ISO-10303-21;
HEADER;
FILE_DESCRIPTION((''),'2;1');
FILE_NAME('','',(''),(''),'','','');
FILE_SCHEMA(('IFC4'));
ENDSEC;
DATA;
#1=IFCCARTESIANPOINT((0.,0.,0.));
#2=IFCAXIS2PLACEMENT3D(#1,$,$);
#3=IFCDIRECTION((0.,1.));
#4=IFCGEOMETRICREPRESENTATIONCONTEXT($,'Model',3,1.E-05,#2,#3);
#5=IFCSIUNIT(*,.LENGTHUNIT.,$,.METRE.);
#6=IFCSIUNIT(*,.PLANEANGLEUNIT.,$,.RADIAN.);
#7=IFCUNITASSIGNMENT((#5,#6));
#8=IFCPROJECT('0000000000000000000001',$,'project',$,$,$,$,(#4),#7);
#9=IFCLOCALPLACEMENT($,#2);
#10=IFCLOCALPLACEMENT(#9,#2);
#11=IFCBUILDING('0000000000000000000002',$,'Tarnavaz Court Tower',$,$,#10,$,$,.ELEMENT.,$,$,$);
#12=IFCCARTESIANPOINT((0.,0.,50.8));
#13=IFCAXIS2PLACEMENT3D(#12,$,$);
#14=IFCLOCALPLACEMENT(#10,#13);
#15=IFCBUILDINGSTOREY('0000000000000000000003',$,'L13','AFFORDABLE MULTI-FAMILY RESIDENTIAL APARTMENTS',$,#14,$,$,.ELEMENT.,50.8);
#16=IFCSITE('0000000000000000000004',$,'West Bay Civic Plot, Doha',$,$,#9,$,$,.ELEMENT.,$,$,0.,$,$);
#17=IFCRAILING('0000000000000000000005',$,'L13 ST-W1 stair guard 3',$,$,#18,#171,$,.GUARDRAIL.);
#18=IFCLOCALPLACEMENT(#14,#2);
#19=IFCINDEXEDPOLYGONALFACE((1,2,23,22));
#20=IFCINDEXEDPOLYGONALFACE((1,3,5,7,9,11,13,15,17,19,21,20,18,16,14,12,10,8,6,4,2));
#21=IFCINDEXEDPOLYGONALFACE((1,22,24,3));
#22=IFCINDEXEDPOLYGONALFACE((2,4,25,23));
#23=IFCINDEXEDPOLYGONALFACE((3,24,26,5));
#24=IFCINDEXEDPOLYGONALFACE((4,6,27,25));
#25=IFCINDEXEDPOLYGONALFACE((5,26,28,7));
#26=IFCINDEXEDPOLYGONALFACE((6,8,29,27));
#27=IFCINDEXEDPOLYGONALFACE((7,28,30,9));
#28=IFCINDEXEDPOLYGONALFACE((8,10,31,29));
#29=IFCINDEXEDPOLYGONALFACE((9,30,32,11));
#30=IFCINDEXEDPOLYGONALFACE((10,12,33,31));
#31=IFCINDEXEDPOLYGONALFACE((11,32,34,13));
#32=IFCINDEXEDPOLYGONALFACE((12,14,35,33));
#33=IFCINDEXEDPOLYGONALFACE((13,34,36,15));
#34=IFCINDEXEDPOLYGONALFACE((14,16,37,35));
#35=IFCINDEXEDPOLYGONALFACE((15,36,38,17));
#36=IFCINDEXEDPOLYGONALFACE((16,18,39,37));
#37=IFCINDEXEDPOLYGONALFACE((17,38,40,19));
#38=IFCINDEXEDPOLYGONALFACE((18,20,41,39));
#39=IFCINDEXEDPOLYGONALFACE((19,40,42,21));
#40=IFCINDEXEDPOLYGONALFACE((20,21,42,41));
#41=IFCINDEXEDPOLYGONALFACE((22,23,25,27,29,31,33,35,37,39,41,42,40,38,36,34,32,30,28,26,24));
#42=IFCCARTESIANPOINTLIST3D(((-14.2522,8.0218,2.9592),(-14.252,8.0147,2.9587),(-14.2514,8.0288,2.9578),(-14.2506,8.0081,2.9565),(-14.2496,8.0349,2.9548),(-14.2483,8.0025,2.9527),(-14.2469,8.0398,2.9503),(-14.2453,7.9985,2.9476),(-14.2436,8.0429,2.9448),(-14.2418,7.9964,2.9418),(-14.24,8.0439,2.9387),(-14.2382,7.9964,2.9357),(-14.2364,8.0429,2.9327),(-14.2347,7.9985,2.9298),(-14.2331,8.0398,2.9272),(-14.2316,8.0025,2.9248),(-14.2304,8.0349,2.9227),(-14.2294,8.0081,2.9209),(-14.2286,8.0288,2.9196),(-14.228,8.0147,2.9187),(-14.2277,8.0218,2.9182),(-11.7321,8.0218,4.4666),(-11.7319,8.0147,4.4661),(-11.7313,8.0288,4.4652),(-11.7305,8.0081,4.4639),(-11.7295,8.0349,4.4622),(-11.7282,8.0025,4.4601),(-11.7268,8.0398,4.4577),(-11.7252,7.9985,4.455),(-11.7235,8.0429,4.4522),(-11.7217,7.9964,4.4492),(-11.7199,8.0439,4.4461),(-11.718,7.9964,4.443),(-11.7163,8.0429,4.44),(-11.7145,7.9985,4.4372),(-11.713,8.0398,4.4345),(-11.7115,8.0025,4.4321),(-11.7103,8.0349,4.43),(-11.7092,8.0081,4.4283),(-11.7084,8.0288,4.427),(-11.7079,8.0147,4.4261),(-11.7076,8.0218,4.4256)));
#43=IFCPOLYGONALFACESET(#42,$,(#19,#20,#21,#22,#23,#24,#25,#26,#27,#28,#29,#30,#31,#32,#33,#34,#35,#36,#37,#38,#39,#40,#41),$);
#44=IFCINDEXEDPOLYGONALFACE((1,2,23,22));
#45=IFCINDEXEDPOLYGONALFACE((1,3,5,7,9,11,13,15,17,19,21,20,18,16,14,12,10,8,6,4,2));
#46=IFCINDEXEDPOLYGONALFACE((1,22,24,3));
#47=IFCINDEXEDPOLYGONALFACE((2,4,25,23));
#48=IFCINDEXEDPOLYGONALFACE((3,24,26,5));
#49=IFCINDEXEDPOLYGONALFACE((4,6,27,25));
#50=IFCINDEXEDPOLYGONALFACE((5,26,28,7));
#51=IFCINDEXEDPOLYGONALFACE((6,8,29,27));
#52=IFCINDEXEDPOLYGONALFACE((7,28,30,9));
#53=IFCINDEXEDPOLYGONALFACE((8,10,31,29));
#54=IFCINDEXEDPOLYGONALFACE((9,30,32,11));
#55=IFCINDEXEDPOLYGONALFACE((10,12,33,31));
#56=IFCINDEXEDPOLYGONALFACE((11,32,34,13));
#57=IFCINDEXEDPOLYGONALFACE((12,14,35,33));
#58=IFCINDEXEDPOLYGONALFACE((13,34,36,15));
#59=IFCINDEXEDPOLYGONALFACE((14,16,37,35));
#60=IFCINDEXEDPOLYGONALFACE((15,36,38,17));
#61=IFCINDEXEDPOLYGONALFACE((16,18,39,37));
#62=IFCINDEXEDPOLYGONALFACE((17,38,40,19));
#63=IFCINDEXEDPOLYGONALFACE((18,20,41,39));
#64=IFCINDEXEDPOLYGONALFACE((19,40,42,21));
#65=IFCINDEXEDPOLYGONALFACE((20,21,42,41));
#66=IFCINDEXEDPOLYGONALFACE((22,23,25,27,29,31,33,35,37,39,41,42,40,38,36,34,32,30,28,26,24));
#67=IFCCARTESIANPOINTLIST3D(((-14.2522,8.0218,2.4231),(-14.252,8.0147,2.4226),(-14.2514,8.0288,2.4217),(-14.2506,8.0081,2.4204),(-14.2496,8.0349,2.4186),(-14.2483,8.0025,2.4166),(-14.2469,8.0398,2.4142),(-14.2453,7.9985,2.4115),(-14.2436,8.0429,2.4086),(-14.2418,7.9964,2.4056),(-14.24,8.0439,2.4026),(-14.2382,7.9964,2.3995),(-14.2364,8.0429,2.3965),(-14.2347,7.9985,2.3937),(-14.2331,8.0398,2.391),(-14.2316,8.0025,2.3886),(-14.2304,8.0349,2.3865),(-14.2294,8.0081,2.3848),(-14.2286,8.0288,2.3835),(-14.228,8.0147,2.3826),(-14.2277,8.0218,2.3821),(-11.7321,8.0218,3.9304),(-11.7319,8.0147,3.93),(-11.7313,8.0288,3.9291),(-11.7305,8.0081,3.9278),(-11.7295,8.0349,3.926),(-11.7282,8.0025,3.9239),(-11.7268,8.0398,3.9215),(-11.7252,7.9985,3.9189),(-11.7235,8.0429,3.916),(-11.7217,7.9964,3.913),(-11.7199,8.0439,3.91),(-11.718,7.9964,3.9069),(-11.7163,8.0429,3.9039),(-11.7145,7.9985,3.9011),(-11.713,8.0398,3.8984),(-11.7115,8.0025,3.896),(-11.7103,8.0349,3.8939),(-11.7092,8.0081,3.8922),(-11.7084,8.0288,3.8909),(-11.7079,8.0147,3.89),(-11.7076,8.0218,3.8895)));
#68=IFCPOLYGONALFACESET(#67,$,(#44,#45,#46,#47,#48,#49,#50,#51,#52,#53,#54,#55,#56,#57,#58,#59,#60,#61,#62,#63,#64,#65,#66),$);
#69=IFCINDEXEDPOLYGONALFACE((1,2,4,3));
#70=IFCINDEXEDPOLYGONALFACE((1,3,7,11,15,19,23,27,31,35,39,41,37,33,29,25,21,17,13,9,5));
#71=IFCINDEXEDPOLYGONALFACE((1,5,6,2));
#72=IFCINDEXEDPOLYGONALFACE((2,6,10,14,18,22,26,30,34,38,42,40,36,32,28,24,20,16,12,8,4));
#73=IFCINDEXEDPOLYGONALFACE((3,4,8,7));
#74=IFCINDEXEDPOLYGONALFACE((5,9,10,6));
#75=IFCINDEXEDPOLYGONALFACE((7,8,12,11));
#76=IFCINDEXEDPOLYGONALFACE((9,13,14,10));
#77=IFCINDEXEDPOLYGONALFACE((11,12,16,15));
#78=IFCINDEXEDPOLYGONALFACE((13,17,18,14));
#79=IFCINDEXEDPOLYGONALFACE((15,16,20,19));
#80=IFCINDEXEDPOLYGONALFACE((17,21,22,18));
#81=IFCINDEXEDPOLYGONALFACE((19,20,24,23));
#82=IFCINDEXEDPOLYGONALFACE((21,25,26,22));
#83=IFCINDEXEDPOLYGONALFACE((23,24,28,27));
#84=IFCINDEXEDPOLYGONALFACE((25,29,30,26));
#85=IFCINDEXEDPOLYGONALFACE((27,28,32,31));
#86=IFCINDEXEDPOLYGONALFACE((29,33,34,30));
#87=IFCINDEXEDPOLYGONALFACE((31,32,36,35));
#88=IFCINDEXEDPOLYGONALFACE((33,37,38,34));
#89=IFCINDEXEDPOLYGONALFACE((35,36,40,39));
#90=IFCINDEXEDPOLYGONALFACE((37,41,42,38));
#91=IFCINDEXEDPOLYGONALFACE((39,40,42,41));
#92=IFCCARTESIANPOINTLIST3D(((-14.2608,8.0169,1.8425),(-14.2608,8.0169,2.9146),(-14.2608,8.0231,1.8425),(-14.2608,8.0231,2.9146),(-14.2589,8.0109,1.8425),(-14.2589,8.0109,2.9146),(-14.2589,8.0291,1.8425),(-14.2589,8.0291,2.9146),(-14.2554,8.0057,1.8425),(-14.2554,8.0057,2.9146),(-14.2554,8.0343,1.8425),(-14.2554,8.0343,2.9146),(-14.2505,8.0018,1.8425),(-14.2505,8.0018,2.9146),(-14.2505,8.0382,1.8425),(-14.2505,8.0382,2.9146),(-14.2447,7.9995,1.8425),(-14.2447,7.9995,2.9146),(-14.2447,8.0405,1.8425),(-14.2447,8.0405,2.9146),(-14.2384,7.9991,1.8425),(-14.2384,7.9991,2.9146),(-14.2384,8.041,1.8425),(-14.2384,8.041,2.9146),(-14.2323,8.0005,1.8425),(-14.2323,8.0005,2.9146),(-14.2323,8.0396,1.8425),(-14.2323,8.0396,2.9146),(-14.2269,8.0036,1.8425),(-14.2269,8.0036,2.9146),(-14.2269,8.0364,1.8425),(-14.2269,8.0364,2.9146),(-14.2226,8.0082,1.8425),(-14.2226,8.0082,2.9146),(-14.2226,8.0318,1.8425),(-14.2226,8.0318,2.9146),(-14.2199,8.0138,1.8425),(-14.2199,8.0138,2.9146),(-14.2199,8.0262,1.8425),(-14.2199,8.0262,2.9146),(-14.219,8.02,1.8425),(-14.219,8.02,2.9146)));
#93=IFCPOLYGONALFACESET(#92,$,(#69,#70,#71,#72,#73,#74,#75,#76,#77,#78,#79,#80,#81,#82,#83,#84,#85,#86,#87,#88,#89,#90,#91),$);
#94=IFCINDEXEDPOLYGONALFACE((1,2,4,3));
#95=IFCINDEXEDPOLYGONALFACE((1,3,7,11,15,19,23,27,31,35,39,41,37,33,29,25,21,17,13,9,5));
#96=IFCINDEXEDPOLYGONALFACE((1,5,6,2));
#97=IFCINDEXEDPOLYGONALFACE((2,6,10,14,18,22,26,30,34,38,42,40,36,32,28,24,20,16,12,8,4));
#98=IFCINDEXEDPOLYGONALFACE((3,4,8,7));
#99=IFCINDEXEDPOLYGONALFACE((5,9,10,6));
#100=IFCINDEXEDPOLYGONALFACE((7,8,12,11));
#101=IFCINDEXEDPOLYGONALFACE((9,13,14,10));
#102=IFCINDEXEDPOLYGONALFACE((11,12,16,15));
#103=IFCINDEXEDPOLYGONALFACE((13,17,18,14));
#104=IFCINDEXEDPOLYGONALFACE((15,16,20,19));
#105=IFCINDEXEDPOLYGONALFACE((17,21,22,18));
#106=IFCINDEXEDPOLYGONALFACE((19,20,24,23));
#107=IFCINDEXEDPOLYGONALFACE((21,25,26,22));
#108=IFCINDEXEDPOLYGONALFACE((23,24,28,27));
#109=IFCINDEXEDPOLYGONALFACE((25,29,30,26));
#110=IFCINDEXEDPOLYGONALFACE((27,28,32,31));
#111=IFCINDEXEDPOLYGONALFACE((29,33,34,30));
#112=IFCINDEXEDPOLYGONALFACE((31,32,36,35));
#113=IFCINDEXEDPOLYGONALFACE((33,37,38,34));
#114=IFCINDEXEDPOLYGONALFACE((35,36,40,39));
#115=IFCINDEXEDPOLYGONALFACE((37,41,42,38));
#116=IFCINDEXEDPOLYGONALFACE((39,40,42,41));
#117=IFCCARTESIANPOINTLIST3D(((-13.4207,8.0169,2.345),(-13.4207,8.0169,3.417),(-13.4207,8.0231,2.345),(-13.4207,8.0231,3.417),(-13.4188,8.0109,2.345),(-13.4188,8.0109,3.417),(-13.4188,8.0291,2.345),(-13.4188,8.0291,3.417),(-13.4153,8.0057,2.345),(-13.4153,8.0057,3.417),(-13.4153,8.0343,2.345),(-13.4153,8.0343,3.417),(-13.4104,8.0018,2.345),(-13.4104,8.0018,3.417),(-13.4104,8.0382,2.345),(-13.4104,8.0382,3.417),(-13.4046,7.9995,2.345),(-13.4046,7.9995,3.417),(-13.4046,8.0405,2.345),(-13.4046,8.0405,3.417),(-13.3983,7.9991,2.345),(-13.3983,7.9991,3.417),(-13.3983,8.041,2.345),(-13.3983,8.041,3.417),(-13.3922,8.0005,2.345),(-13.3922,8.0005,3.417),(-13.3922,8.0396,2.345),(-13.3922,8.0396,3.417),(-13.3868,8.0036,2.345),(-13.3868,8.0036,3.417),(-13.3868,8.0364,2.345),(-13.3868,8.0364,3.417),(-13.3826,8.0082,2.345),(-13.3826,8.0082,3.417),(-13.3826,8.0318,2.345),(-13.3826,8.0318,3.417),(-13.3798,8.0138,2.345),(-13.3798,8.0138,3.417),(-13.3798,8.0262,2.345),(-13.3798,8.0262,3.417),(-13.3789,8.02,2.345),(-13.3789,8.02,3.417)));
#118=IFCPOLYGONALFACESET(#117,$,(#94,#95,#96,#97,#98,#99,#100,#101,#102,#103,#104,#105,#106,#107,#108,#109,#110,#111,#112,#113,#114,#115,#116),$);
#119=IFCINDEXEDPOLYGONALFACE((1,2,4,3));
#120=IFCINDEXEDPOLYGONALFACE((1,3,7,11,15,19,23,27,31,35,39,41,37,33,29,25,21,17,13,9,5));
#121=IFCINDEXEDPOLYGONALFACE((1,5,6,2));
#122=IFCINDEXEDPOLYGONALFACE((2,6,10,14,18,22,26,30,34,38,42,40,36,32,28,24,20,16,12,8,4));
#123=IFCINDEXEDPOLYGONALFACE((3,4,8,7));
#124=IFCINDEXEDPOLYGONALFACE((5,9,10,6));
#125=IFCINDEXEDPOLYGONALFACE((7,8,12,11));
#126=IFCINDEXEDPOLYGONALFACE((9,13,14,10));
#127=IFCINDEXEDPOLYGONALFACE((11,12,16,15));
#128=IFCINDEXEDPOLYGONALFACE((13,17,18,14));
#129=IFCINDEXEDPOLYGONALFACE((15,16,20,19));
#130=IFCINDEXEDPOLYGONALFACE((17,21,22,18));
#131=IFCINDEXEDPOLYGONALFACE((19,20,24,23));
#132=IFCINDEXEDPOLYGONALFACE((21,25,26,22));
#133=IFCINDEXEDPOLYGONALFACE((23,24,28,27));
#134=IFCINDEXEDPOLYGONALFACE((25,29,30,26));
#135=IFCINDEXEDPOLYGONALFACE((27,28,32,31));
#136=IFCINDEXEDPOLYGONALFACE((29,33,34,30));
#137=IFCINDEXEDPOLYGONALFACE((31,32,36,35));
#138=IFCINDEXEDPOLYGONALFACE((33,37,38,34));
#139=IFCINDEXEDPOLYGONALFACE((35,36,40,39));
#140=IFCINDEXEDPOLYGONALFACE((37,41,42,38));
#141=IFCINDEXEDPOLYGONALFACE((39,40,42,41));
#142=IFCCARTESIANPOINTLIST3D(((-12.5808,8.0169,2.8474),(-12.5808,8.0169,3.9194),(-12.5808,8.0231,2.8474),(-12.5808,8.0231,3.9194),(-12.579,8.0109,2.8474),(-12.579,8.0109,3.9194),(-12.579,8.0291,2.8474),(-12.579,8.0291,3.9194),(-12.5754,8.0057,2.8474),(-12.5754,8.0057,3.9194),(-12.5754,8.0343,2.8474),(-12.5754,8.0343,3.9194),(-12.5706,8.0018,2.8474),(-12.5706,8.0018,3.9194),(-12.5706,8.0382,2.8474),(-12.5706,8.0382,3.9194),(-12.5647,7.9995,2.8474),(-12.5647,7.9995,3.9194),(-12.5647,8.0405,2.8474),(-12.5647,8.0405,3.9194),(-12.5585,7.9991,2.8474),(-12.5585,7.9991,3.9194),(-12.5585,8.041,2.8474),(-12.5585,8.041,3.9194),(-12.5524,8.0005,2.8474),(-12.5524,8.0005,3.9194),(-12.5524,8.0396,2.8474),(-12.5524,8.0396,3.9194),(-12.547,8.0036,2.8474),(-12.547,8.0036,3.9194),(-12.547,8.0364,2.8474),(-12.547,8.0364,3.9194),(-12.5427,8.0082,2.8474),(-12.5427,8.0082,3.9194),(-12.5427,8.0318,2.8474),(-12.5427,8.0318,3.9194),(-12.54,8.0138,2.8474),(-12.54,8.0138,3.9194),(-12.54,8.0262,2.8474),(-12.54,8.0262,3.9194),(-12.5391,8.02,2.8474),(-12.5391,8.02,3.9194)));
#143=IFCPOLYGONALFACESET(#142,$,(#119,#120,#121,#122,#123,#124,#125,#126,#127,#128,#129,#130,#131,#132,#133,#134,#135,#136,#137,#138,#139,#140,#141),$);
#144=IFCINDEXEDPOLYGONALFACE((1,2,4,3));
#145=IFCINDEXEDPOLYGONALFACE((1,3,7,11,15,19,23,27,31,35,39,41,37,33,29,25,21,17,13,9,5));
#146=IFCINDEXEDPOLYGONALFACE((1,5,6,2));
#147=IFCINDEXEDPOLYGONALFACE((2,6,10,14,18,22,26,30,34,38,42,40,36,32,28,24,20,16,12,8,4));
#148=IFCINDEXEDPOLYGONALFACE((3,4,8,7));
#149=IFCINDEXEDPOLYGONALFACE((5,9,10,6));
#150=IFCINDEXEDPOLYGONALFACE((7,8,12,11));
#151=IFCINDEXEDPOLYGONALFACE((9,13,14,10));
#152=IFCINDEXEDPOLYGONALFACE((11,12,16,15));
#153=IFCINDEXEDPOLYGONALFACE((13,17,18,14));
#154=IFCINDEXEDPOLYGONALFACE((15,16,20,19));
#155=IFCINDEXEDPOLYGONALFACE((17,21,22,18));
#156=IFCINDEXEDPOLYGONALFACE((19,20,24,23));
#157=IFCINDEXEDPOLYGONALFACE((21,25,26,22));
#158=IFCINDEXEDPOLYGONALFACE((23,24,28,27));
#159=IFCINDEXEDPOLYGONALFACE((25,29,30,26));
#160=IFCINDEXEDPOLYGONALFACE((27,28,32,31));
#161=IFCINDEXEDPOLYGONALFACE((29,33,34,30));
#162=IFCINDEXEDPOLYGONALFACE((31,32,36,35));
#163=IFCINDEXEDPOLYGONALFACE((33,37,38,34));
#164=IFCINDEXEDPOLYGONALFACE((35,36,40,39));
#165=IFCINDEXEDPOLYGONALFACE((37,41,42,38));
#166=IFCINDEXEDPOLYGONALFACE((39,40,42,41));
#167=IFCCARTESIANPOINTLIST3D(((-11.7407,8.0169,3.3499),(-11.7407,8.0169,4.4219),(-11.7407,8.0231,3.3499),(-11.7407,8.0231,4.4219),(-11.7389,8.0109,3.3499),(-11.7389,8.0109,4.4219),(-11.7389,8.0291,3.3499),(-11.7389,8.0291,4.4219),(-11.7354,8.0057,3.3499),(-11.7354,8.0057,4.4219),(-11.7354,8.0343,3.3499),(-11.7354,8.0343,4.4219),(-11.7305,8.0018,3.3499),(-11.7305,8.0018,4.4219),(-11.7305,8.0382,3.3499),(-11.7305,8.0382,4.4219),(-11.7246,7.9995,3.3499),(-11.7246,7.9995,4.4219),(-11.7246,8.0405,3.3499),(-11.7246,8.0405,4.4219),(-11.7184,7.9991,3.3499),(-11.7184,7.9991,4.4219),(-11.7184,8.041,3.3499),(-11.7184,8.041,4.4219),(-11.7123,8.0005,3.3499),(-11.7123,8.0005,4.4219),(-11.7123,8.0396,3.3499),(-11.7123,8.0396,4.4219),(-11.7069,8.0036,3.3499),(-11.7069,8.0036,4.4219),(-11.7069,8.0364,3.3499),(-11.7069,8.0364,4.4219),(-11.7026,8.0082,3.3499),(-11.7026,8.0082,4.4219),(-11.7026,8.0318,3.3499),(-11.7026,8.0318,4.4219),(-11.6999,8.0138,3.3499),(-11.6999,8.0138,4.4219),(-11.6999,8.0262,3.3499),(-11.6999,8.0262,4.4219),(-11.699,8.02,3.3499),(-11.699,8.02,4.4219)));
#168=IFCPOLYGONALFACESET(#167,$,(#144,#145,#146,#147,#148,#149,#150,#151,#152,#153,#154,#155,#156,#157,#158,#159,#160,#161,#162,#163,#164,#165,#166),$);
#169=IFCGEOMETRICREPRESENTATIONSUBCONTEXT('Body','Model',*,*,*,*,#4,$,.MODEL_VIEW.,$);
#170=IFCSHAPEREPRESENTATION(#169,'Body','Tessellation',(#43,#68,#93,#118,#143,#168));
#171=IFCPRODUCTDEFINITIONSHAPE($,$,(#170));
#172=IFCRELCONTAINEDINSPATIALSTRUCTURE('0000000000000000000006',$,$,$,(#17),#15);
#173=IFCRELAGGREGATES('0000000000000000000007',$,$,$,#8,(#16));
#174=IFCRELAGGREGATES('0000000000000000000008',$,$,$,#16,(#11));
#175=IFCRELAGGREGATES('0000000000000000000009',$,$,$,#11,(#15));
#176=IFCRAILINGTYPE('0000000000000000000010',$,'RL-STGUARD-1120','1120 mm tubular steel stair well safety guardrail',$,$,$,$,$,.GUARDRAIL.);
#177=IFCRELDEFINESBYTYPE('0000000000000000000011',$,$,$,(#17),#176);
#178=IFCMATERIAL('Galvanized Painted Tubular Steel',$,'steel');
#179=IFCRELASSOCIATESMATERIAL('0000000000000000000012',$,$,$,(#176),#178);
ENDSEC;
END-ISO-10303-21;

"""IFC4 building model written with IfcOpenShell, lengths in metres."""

from ifc_helpers import new_model, si_unit, direction, frame, origin, origin_2d, place, context, subcontext, project, spatial, circle, extrude, material, type_object, element, save


model = new_model("IFC4")

# Units and contexts
model_context = context("Model", 3, precision=1e-05, world=origin(), true_north=direction((0.0, 1.0)))
body_context = subcontext(model_context, "Body", "Model", "MODEL_VIEW")
ifc_project = project(units=[si_unit("LENGTHUNIT", "METRE"), si_unit("PLANEANGLEUNIT", "RADIAN")], contexts=[model_context])

# Site, building, storey
site_placement = place(None, origin())
site = spatial("IfcSite", under=ifc_project, at=site_placement, Name="West Bay Civic Plot, Doha", CompositionType="ELEMENT", RefElevation=0.0)
building_placement = place(site_placement, origin())
building = spatial("IfcBuilding", under=site, at=building_placement, Name="Tarnavaz Court Tower", CompositionType="ELEMENT")
storey_placement = place(building_placement, frame((0.0, 0.0, 50.8)))
storey = spatial("IfcBuildingStorey", under=building, at=storey_placement, Name="L13", Description="AFFORDABLE MULTI-FAMILY RESIDENTIAL APARTMENTS", CompositionType="ELEMENT", Elevation=50.8)

# Railing
ifc_material_1 = material(Name="Galvanized Painted Tubular Steel", Category="steel")
railing_type_1 = type_object("IfcRailingType", Name="RL-STGUARD-1120", Description="1120 mm tubular steel stair well safety guardrail", PredefinedType="GUARDRAIL", material=ifc_material_1)
railing_1_placement = place(storey_placement, frame((-14.24, 8.02, 1.8425)))
element("IfcRailing", 1, at=railing_1_placement, inside=storey, type_object=railing_type_1, Name="L13 ST-W1 stair guard 3", PredefinedType="GUARDRAIL", context=body_context, shape_type="SweptSolid", body=[
    extrude(circle(Radius=0.0239, at=origin_2d()), frame((0.0, 0.0, 1.0962), z_axis=(0.858196, 0.0, 0.513321), x_axis=(0.0, 1.0, 0.0)), (0.0, 0.0, 1.0), 2.9365),
    extrude(circle(Radius=0.0239, at=origin_2d()), frame((0.0, 0.0, 0.5601), z_axis=(0.858196, 0.0, 0.513321), x_axis=(0.0, 1.0, 0.0)), (0.0, 0.0, 1.0), 2.9365),
    extrude(circle(Radius=0.021, at=origin_2d()), origin(), (0.0, 0.0, 1.0), 1.072),
    extrude(circle(Radius=0.021, at=origin_2d()), frame((0.8401, 0.0, 0.5024)), (0.0, 0.0, 1.0), 1.072),
    extrude(circle(Radius=0.021, at=origin_2d()), frame((1.6799, 0.0, 1.0049)), (0.0, 0.0, 1.0), 1.072),
    extrude(circle(Radius=0.021, at=origin_2d()), frame((2.52, 0.0, 1.5073)), (0.0, 0.0, 1.0), 1.072),
])

save(model, "model.ifc")
